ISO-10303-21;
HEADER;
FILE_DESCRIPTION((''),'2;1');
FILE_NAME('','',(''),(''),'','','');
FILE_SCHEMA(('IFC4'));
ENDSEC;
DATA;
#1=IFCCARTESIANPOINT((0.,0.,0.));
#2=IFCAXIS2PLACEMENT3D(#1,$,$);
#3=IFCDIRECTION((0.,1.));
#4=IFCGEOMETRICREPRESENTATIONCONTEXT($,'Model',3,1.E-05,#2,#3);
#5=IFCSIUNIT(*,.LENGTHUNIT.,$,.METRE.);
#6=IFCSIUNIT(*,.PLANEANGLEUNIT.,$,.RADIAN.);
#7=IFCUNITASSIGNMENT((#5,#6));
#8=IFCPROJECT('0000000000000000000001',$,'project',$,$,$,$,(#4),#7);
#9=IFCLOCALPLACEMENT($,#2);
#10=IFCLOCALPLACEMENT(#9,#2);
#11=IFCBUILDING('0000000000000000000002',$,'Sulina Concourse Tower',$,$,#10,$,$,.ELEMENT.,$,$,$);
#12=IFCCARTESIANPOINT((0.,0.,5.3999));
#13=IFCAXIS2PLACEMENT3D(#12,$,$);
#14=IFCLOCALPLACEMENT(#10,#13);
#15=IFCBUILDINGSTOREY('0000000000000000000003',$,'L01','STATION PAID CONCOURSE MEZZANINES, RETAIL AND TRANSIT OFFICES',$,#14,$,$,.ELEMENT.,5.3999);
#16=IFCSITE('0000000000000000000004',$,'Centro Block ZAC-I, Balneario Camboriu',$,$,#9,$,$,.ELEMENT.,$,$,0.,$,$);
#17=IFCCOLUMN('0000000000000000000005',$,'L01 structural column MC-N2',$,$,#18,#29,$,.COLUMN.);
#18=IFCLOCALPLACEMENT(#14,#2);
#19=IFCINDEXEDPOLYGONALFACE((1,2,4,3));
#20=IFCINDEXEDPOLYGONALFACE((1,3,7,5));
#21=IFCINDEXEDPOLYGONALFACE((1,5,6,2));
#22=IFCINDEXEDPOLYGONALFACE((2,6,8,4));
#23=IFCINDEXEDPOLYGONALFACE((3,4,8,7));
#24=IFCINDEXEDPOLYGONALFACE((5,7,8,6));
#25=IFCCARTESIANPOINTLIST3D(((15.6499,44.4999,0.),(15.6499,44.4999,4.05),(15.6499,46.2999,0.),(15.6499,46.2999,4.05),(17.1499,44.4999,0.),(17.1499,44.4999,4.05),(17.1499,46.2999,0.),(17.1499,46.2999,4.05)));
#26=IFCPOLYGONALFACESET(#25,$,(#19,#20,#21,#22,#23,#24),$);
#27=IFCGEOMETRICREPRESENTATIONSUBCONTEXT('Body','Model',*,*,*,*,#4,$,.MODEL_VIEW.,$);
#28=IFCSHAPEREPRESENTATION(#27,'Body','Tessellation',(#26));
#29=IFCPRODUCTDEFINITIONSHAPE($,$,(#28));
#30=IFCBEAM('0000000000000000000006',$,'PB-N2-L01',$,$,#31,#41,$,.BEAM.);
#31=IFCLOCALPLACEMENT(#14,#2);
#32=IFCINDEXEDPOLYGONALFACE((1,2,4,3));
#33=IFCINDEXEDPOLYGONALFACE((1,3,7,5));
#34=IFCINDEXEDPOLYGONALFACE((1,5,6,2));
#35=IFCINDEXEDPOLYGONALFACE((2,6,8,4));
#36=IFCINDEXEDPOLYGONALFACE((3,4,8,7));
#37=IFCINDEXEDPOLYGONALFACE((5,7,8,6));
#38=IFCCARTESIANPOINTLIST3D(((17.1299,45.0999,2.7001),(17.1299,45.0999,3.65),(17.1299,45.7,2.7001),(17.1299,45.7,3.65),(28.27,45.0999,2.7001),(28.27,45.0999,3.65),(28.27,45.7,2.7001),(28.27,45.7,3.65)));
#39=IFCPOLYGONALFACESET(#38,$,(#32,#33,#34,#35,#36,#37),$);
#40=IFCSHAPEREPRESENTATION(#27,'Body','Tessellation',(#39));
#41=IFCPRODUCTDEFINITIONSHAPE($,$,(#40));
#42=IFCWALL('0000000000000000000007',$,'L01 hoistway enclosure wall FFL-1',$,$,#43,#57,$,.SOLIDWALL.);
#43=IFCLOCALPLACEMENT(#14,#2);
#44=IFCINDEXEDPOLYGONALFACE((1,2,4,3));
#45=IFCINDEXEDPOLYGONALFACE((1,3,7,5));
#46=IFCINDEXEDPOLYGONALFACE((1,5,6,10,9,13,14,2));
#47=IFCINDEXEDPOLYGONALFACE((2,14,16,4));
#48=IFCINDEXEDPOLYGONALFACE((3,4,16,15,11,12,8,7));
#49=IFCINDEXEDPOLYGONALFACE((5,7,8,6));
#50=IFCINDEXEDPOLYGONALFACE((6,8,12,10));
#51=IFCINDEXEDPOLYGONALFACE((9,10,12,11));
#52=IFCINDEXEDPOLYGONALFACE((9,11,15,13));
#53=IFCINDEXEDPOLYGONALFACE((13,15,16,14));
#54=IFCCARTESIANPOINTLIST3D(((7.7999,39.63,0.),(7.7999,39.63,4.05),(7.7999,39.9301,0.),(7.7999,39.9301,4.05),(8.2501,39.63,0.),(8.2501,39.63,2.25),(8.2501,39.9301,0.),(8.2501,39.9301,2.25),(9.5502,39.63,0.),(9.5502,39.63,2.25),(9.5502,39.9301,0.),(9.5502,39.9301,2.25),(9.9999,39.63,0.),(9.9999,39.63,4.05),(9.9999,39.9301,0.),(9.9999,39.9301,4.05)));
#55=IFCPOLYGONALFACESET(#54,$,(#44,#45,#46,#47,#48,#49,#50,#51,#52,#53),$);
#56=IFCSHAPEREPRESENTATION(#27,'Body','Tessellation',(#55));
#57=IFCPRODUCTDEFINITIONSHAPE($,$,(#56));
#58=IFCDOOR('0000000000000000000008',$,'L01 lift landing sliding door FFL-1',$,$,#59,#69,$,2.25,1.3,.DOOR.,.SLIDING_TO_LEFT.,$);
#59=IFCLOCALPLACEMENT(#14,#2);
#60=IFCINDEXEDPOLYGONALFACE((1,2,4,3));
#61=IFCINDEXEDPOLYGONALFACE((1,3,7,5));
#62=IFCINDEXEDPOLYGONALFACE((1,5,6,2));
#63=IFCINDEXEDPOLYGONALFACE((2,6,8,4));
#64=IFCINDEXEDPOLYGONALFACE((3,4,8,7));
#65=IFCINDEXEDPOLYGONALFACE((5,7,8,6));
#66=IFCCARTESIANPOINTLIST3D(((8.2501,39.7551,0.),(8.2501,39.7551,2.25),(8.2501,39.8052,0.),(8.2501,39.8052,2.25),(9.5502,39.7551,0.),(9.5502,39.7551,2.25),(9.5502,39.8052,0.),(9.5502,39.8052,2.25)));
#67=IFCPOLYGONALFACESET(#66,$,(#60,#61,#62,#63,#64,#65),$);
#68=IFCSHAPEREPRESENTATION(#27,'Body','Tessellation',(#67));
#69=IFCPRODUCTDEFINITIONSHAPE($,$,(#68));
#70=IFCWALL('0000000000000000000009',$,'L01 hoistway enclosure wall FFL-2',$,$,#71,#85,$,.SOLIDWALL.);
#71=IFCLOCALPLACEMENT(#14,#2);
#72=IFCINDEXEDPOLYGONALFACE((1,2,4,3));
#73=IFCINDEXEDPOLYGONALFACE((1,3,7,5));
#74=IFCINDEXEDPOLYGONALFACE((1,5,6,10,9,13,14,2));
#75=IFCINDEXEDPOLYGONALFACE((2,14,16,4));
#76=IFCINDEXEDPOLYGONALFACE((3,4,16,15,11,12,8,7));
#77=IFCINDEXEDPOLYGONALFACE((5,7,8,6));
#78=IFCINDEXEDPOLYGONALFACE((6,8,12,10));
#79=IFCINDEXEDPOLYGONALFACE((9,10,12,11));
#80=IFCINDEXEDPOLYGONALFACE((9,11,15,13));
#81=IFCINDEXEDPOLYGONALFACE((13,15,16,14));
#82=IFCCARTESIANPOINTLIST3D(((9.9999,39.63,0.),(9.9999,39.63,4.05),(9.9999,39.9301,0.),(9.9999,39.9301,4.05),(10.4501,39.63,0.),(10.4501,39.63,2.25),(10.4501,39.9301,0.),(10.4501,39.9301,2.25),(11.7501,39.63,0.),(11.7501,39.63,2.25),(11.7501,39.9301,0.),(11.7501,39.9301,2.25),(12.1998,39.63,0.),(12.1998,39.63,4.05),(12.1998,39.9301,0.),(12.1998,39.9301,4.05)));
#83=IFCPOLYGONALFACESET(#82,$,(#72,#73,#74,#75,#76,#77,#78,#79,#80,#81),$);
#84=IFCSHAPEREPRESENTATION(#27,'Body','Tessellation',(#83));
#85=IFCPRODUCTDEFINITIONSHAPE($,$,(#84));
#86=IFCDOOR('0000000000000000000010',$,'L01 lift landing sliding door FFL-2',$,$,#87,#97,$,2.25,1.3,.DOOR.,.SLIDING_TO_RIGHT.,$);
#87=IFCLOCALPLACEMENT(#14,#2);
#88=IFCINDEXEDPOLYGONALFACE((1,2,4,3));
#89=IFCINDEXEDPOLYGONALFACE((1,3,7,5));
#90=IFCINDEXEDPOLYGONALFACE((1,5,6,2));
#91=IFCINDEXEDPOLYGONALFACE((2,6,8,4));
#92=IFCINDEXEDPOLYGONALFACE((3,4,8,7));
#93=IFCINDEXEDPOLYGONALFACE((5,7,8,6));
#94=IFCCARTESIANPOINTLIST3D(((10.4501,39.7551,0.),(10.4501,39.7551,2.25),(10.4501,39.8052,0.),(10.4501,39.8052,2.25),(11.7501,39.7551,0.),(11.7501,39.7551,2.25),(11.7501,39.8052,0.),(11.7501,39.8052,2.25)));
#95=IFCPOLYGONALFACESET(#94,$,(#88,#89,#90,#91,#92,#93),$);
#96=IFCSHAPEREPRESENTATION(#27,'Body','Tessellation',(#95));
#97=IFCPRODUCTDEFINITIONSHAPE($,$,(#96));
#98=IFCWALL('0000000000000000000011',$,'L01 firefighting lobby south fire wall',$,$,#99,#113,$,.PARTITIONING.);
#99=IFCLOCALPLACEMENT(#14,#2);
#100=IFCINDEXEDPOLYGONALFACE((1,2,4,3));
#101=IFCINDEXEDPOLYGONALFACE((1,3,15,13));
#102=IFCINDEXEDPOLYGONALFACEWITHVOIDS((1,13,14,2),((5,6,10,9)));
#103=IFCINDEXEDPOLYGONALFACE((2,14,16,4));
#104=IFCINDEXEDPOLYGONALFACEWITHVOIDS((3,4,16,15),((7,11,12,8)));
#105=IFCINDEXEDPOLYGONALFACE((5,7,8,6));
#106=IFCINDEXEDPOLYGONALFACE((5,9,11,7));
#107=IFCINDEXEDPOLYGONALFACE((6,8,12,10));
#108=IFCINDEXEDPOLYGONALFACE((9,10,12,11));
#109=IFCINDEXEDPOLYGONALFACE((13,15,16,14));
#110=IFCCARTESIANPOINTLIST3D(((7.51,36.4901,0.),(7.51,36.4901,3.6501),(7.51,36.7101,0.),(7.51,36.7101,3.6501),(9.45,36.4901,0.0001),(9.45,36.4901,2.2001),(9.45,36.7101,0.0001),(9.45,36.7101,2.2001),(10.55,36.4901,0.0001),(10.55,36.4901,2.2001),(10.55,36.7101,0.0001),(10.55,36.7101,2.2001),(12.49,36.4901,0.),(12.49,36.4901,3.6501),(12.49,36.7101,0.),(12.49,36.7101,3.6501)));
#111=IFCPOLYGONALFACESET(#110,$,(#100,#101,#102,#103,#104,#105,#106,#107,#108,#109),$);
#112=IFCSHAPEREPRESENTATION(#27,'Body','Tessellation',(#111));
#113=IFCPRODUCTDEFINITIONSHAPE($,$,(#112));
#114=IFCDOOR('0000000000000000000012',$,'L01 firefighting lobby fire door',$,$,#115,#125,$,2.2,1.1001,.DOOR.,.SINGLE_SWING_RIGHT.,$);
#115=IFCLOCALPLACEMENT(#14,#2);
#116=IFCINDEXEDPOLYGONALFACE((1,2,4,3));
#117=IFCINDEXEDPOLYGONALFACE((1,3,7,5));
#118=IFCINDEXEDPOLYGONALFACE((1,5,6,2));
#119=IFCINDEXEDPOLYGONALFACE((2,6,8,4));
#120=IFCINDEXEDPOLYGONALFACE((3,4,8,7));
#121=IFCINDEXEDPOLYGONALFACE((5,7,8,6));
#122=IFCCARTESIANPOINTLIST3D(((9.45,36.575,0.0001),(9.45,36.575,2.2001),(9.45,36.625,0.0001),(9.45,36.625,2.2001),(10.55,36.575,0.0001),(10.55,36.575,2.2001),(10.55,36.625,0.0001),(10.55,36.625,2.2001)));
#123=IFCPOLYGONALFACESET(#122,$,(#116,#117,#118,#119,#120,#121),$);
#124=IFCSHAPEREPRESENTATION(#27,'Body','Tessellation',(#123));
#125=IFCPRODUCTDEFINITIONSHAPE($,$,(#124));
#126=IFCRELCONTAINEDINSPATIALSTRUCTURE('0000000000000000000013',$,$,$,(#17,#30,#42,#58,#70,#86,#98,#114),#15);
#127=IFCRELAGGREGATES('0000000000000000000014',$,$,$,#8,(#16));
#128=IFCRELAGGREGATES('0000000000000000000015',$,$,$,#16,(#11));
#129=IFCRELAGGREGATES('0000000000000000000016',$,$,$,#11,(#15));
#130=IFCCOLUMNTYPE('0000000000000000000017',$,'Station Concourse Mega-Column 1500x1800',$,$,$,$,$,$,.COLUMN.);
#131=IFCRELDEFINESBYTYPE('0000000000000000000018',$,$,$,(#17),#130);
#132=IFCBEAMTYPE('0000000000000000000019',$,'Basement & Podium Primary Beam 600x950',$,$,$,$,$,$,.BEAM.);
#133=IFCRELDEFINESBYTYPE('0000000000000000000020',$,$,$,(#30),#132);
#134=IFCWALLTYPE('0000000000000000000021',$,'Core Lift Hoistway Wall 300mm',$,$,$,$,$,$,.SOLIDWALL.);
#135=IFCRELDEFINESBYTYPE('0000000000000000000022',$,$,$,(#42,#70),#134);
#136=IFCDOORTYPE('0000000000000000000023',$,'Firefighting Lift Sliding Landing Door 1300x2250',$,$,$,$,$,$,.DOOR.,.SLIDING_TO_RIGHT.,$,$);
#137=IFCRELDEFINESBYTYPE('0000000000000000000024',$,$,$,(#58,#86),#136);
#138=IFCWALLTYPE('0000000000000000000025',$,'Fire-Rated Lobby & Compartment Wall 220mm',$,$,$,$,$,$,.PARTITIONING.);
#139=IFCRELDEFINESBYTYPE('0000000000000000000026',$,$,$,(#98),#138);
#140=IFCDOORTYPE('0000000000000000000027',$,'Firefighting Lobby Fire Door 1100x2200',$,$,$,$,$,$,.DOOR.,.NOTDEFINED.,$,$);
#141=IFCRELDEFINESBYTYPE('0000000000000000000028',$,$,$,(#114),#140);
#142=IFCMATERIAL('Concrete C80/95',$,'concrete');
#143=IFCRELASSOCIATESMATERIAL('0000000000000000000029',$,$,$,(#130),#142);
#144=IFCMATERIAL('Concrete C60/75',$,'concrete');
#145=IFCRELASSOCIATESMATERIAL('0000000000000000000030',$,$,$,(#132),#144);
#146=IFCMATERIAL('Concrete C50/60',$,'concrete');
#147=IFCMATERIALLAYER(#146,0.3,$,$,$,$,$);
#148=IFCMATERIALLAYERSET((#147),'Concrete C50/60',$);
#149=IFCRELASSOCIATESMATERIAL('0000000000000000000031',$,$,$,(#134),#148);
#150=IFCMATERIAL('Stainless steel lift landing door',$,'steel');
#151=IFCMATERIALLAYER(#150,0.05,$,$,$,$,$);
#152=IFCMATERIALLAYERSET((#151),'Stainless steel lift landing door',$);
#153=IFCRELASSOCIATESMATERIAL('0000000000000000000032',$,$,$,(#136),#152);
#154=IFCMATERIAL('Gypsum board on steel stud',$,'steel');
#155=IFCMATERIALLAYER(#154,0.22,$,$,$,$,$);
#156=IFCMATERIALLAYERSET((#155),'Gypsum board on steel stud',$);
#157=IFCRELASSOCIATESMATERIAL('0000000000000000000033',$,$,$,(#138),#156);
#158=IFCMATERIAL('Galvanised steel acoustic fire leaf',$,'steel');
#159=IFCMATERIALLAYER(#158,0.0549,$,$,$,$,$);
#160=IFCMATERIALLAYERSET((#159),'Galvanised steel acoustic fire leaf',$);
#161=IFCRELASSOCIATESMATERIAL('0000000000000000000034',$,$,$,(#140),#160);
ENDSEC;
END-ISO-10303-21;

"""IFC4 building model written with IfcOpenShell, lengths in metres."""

from ifc_helpers import new_model, si_unit, direction, frame, frame_2d, origin, origin_2d, place, context, subcontext, project, spatial, rectangle, extrude, material, layer, layer_set, material_profile, profile_set, type_object, element, fill, save


model = new_model("IFC4")

# Units and contexts
model_context = context("Model", 3, precision=1e-05, world=origin(), true_north=direction((0.0, 1.0)))
body_context = subcontext(model_context, "Body", "Model", "MODEL_VIEW")
ifc_project = project(units=[si_unit("LENGTHUNIT", "METRE"), si_unit("PLANEANGLEUNIT", "RADIAN")], contexts=[model_context])

# Site, building, storey
site_placement = place(None, origin())
site = spatial("IfcSite", under=ifc_project, at=site_placement, Name="Centro Block ZAC-I, Balneario Camboriu", CompositionType="ELEMENT", RefElevation=0.0)
building_placement = place(site_placement, origin())
building = spatial("IfcBuilding", under=site, at=building_placement, Name="Sulina Concourse Tower", CompositionType="ELEMENT")
storey_placement = place(building_placement, frame((0.0, 0.0, 5.3999)))
storey = spatial("IfcBuildingStorey", under=building, at=storey_placement, Name="L01", Description="STATION PAID CONCOURSE MEZZANINES, RETAIL AND TRANSIT OFFICES", CompositionType="ELEMENT", Elevation=5.3999)

# Column
ifc_material_1 = material(Name="Concrete C80/95", Category="concrete")
ifc_material_profile_1 = material_profile(ifc_material_1, rectangle(XDim=1.5, YDim=1.8, at=origin_2d()), Name="RC 1500x1800")
ifc_profile_set_1 = profile_set([ifc_material_profile_1], Name="Concrete C80/95")
column_type = type_object("IfcColumnType", Name="Station Concourse Mega-Column 1500x1800", PredefinedType="COLUMN", material=ifc_profile_set_1)
column_placement = place(storey_placement, frame((16.3999, 45.3999, 0.0), z_axis=(0.0, 0.0, 1.0), x_axis=(1.0, 0.0, 0.0)))
element("IfcColumn", 1, at=column_placement, inside=storey, type_object=column_type, Name="L01 structural column MC-N2", PredefinedType="COLUMN", context=body_context, shape_type="SweptSolid", body=[
    extrude(rectangle(XDim=1.5, YDim=1.8, at=origin_2d()), origin(), (0.0, 0.0, 1.0), 4.05),
])

# Beam
ifc_material_2 = material(Name="Concrete C60/75", Category="concrete")
ifc_material_profile_2 = material_profile(ifc_material_2, rectangle(XDim=0.6001, YDim=0.95, at=origin_2d()), Name="RC 600x950")
ifc_profile_set_2 = profile_set([ifc_material_profile_2], Name="Concrete C60/75")
beam_type = type_object("IfcBeamType", Name="Basement & Podium Primary Beam 600x950", PredefinedType="BEAM", material=ifc_profile_set_2)
beam_placement = place(storey_placement, frame((17.1299, 45.3999, 3.175), z_axis=(1.0, 0.0, 0.0), x_axis=(0.0, 1.0, 0.0)))
element("IfcBeam", 2, at=beam_placement, inside=storey, type_object=beam_type, Name="PB-N2-L01", PredefinedType="BEAM", context=body_context, shape_type="SweptSolid", body=[
    extrude(rectangle(XDim=0.6001, YDim=0.95, at=origin_2d()), origin(), (0.0, 0.0, 1.0), 11.1401),
])

# Walls, openings, doors
ifc_material_3 = material(Name="Concrete C50/60", Category="concrete")
ifc_layer_1 = layer(ifc_material_3, 0.3)
ifc_layer_set_1 = layer_set([ifc_layer_1], Name="Concrete C50/60")
wall_type_1 = type_object("IfcWallType", Name="Core Lift Hoistway Wall 300mm", PredefinedType="SOLIDWALL", material=ifc_layer_set_1)
wall_1_placement = place(storey_placement, frame((10.0, 39.78, 0.0), z_axis=(0.0, 0.0, 1.0), x_axis=(-1.0, 0.0, 0.0)))
wall_1 = element("IfcWall", 3, at=wall_1_placement, inside=storey, type_object=wall_type_1, Name="L01 hoistway enclosure wall FFL-1", PredefinedType="SOLIDWALL", context=body_context, shape_type="SweptSolid", body=[
    extrude(rectangle(XDim=2.2, YDim=0.3, at=frame_2d((1.1001, 0.0))), origin(), (0.0, 0.0, 1.0), 4.05),
])
opening_1_placement = place(wall_1_placement, frame((0.45, 0.0, 0.0)))
opening_1 = element("IfcOpeningElement", 4, at=opening_1_placement, cuts=wall_1, PredefinedType="OPENING", context=body_context, shape_type="SweptSolid", body=[
    extrude(rectangle(XDim=1.3, YDim=2.25, at=frame_2d((0.6499, 1.125))), frame((0.0, 0.1599, 0.0), z_axis=(0.0, -1.0, 0.0), x_axis=(1.0, 0.0, 0.0)), (0.0, 0.0, 1.0), 0.3201),
])
ifc_material_4 = material(Name="Stainless steel lift landing door", Category="steel")
ifc_layer_2 = layer(ifc_material_4, 0.05)
ifc_layer_set_2 = layer_set([ifc_layer_2], Name="Stainless steel lift landing door")
door_type_1 = type_object("IfcDoorType", Name="Firefighting Lift Sliding Landing Door 1300x2250", OperationType="SLIDING_TO_RIGHT", PredefinedType="DOOR", material=ifc_layer_set_2)
door_1_placement = place(opening_1_placement, origin())
door_1 = element("IfcDoor", 5, at=door_1_placement, inside=storey, type_object=door_type_1, Name="L01 lift landing sliding door FFL-1", OperationType="SLIDING_TO_LEFT", OverallHeight=2.25, OverallWidth=1.3, PredefinedType="DOOR", context=body_context, shape_type="SweptSolid", body=[
    extrude(rectangle(XDim=1.3, YDim=2.25, at=frame_2d((0.6499, 1.125))), frame((0.0, 0.0249, 0.0), z_axis=(0.0, -1.0, 0.0), x_axis=(1.0, 0.0, 0.0)), (0.0, 0.0, 1.0), 0.05),
])
fill(opening_1, door_1)
wall_2_placement = place(storey_placement, frame((12.2, 39.78, 0.0), z_axis=(0.0, 0.0, 1.0), x_axis=(-1.0, 0.0, 0.0)))
wall_2 = element("IfcWall", 6, at=wall_2_placement, inside=storey, type_object=wall_type_1, Name="L01 hoistway enclosure wall FFL-2", PredefinedType="SOLIDWALL", context=body_context, shape_type="SweptSolid", body=[
    extrude(rectangle(XDim=2.2, YDim=0.3, at=frame_2d((1.1001, 0.0))), origin(), (0.0, 0.0, 1.0), 4.05),
])
opening_2_placement = place(wall_2_placement, frame((0.45, 0.0, 0.0)))
opening_2 = element("IfcOpeningElement", 7, at=opening_2_placement, cuts=wall_2, PredefinedType="OPENING", context=body_context, shape_type="SweptSolid", body=[
    extrude(rectangle(XDim=1.3, YDim=2.25, at=frame_2d((0.6499, 1.125))), frame((0.0, 0.1599, 0.0), z_axis=(0.0, -1.0, 0.0), x_axis=(1.0, 0.0, 0.0)), (0.0, 0.0, 1.0), 0.3201),
])
door_2_placement = place(opening_2_placement, origin())
door_2 = element("IfcDoor", 8, at=door_2_placement, inside=storey, type_object=door_type_1, Name="L01 lift landing sliding door FFL-2", OperationType="SLIDING_TO_RIGHT", OverallHeight=2.25, OverallWidth=1.3, PredefinedType="DOOR", context=body_context, shape_type="SweptSolid", body=[
    extrude(rectangle(XDim=1.3, YDim=2.25, at=frame_2d((0.6499, 1.125))), frame((0.0, 0.0249, 0.0), z_axis=(0.0, -1.0, 0.0), x_axis=(1.0, 0.0, 0.0)), (0.0, 0.0, 1.0), 0.05),
])
fill(opening_2, door_2)
ifc_material_5 = material(Name="Gypsum board on steel stud", Category="steel")
ifc_layer_3 = layer(ifc_material_5, 0.22)
ifc_layer_set_3 = layer_set([ifc_layer_3], Name="Gypsum board on steel stud")
wall_type_2 = type_object("IfcWallType", Name="Fire-Rated Lobby & Compartment Wall 220mm", PredefinedType="PARTITIONING", material=ifc_layer_set_3)
wall_3_placement = place(storey_placement, frame((7.51, 36.6001, 0.0), z_axis=(0.0, 0.0, 1.0), x_axis=(1.0, 0.0, 0.0)))
wall_3 = element("IfcWall", 9, at=wall_3_placement, inside=storey, type_object=wall_type_2, Name="L01 firefighting lobby south fire wall", PredefinedType="PARTITIONING", context=body_context, shape_type="SweptSolid", body=[
    extrude(rectangle(XDim=4.98, YDim=0.22, at=frame_2d((2.49, 0.0))), origin(), (0.0, 0.0, 1.0), 3.6501),
])
opening_3_placement = place(wall_3_placement, frame((1.9399, 0.0, 0.0)))
opening_3 = element("IfcOpeningElement", 10, at=opening_3_placement, cuts=wall_3, PredefinedType="OPENING", context=body_context, shape_type="SweptSolid", body=[
    extrude(rectangle(XDim=1.1001, YDim=2.2, at=frame_2d((0.55, 1.1001))), frame((0.0, 0.1199, 0.0), z_axis=(0.0, -1.0, 0.0), x_axis=(1.0, 0.0, 0.0)), (0.0, 0.0, 1.0), 0.24),
])
ifc_material_6 = material(Name="Galvanised steel acoustic fire leaf", Category="steel")
ifc_layer_4 = layer(ifc_material_6, 0.0549)
ifc_layer_set_4 = layer_set([ifc_layer_4], Name="Galvanised steel acoustic fire leaf")
door_type_2 = type_object("IfcDoorType", Name="Firefighting Lobby Fire Door 1100x2200", OperationType="NOTDEFINED", PredefinedType="DOOR", material=ifc_layer_set_4)
door_3_placement = place(opening_3_placement, origin())
door_3 = element("IfcDoor", 11, at=door_3_placement, inside=storey, type_object=door_type_2, Name="L01 firefighting lobby fire door", OperationType="SINGLE_SWING_RIGHT", OverallHeight=2.2, OverallWidth=1.1001, PredefinedType="DOOR", context=body_context, shape_type="SweptSolid", body=[
    extrude(rectangle(XDim=1.1001, YDim=2.2, at=frame_2d((0.55, 1.1001))), frame((0.0, 0.0249, 0.0), z_axis=(0.0, -1.0, 0.0), x_axis=(1.0, 0.0, 0.0)), (0.0, 0.0, 1.0), 0.05),
])
fill(opening_3, door_3)

save(model, "model.ifc")
